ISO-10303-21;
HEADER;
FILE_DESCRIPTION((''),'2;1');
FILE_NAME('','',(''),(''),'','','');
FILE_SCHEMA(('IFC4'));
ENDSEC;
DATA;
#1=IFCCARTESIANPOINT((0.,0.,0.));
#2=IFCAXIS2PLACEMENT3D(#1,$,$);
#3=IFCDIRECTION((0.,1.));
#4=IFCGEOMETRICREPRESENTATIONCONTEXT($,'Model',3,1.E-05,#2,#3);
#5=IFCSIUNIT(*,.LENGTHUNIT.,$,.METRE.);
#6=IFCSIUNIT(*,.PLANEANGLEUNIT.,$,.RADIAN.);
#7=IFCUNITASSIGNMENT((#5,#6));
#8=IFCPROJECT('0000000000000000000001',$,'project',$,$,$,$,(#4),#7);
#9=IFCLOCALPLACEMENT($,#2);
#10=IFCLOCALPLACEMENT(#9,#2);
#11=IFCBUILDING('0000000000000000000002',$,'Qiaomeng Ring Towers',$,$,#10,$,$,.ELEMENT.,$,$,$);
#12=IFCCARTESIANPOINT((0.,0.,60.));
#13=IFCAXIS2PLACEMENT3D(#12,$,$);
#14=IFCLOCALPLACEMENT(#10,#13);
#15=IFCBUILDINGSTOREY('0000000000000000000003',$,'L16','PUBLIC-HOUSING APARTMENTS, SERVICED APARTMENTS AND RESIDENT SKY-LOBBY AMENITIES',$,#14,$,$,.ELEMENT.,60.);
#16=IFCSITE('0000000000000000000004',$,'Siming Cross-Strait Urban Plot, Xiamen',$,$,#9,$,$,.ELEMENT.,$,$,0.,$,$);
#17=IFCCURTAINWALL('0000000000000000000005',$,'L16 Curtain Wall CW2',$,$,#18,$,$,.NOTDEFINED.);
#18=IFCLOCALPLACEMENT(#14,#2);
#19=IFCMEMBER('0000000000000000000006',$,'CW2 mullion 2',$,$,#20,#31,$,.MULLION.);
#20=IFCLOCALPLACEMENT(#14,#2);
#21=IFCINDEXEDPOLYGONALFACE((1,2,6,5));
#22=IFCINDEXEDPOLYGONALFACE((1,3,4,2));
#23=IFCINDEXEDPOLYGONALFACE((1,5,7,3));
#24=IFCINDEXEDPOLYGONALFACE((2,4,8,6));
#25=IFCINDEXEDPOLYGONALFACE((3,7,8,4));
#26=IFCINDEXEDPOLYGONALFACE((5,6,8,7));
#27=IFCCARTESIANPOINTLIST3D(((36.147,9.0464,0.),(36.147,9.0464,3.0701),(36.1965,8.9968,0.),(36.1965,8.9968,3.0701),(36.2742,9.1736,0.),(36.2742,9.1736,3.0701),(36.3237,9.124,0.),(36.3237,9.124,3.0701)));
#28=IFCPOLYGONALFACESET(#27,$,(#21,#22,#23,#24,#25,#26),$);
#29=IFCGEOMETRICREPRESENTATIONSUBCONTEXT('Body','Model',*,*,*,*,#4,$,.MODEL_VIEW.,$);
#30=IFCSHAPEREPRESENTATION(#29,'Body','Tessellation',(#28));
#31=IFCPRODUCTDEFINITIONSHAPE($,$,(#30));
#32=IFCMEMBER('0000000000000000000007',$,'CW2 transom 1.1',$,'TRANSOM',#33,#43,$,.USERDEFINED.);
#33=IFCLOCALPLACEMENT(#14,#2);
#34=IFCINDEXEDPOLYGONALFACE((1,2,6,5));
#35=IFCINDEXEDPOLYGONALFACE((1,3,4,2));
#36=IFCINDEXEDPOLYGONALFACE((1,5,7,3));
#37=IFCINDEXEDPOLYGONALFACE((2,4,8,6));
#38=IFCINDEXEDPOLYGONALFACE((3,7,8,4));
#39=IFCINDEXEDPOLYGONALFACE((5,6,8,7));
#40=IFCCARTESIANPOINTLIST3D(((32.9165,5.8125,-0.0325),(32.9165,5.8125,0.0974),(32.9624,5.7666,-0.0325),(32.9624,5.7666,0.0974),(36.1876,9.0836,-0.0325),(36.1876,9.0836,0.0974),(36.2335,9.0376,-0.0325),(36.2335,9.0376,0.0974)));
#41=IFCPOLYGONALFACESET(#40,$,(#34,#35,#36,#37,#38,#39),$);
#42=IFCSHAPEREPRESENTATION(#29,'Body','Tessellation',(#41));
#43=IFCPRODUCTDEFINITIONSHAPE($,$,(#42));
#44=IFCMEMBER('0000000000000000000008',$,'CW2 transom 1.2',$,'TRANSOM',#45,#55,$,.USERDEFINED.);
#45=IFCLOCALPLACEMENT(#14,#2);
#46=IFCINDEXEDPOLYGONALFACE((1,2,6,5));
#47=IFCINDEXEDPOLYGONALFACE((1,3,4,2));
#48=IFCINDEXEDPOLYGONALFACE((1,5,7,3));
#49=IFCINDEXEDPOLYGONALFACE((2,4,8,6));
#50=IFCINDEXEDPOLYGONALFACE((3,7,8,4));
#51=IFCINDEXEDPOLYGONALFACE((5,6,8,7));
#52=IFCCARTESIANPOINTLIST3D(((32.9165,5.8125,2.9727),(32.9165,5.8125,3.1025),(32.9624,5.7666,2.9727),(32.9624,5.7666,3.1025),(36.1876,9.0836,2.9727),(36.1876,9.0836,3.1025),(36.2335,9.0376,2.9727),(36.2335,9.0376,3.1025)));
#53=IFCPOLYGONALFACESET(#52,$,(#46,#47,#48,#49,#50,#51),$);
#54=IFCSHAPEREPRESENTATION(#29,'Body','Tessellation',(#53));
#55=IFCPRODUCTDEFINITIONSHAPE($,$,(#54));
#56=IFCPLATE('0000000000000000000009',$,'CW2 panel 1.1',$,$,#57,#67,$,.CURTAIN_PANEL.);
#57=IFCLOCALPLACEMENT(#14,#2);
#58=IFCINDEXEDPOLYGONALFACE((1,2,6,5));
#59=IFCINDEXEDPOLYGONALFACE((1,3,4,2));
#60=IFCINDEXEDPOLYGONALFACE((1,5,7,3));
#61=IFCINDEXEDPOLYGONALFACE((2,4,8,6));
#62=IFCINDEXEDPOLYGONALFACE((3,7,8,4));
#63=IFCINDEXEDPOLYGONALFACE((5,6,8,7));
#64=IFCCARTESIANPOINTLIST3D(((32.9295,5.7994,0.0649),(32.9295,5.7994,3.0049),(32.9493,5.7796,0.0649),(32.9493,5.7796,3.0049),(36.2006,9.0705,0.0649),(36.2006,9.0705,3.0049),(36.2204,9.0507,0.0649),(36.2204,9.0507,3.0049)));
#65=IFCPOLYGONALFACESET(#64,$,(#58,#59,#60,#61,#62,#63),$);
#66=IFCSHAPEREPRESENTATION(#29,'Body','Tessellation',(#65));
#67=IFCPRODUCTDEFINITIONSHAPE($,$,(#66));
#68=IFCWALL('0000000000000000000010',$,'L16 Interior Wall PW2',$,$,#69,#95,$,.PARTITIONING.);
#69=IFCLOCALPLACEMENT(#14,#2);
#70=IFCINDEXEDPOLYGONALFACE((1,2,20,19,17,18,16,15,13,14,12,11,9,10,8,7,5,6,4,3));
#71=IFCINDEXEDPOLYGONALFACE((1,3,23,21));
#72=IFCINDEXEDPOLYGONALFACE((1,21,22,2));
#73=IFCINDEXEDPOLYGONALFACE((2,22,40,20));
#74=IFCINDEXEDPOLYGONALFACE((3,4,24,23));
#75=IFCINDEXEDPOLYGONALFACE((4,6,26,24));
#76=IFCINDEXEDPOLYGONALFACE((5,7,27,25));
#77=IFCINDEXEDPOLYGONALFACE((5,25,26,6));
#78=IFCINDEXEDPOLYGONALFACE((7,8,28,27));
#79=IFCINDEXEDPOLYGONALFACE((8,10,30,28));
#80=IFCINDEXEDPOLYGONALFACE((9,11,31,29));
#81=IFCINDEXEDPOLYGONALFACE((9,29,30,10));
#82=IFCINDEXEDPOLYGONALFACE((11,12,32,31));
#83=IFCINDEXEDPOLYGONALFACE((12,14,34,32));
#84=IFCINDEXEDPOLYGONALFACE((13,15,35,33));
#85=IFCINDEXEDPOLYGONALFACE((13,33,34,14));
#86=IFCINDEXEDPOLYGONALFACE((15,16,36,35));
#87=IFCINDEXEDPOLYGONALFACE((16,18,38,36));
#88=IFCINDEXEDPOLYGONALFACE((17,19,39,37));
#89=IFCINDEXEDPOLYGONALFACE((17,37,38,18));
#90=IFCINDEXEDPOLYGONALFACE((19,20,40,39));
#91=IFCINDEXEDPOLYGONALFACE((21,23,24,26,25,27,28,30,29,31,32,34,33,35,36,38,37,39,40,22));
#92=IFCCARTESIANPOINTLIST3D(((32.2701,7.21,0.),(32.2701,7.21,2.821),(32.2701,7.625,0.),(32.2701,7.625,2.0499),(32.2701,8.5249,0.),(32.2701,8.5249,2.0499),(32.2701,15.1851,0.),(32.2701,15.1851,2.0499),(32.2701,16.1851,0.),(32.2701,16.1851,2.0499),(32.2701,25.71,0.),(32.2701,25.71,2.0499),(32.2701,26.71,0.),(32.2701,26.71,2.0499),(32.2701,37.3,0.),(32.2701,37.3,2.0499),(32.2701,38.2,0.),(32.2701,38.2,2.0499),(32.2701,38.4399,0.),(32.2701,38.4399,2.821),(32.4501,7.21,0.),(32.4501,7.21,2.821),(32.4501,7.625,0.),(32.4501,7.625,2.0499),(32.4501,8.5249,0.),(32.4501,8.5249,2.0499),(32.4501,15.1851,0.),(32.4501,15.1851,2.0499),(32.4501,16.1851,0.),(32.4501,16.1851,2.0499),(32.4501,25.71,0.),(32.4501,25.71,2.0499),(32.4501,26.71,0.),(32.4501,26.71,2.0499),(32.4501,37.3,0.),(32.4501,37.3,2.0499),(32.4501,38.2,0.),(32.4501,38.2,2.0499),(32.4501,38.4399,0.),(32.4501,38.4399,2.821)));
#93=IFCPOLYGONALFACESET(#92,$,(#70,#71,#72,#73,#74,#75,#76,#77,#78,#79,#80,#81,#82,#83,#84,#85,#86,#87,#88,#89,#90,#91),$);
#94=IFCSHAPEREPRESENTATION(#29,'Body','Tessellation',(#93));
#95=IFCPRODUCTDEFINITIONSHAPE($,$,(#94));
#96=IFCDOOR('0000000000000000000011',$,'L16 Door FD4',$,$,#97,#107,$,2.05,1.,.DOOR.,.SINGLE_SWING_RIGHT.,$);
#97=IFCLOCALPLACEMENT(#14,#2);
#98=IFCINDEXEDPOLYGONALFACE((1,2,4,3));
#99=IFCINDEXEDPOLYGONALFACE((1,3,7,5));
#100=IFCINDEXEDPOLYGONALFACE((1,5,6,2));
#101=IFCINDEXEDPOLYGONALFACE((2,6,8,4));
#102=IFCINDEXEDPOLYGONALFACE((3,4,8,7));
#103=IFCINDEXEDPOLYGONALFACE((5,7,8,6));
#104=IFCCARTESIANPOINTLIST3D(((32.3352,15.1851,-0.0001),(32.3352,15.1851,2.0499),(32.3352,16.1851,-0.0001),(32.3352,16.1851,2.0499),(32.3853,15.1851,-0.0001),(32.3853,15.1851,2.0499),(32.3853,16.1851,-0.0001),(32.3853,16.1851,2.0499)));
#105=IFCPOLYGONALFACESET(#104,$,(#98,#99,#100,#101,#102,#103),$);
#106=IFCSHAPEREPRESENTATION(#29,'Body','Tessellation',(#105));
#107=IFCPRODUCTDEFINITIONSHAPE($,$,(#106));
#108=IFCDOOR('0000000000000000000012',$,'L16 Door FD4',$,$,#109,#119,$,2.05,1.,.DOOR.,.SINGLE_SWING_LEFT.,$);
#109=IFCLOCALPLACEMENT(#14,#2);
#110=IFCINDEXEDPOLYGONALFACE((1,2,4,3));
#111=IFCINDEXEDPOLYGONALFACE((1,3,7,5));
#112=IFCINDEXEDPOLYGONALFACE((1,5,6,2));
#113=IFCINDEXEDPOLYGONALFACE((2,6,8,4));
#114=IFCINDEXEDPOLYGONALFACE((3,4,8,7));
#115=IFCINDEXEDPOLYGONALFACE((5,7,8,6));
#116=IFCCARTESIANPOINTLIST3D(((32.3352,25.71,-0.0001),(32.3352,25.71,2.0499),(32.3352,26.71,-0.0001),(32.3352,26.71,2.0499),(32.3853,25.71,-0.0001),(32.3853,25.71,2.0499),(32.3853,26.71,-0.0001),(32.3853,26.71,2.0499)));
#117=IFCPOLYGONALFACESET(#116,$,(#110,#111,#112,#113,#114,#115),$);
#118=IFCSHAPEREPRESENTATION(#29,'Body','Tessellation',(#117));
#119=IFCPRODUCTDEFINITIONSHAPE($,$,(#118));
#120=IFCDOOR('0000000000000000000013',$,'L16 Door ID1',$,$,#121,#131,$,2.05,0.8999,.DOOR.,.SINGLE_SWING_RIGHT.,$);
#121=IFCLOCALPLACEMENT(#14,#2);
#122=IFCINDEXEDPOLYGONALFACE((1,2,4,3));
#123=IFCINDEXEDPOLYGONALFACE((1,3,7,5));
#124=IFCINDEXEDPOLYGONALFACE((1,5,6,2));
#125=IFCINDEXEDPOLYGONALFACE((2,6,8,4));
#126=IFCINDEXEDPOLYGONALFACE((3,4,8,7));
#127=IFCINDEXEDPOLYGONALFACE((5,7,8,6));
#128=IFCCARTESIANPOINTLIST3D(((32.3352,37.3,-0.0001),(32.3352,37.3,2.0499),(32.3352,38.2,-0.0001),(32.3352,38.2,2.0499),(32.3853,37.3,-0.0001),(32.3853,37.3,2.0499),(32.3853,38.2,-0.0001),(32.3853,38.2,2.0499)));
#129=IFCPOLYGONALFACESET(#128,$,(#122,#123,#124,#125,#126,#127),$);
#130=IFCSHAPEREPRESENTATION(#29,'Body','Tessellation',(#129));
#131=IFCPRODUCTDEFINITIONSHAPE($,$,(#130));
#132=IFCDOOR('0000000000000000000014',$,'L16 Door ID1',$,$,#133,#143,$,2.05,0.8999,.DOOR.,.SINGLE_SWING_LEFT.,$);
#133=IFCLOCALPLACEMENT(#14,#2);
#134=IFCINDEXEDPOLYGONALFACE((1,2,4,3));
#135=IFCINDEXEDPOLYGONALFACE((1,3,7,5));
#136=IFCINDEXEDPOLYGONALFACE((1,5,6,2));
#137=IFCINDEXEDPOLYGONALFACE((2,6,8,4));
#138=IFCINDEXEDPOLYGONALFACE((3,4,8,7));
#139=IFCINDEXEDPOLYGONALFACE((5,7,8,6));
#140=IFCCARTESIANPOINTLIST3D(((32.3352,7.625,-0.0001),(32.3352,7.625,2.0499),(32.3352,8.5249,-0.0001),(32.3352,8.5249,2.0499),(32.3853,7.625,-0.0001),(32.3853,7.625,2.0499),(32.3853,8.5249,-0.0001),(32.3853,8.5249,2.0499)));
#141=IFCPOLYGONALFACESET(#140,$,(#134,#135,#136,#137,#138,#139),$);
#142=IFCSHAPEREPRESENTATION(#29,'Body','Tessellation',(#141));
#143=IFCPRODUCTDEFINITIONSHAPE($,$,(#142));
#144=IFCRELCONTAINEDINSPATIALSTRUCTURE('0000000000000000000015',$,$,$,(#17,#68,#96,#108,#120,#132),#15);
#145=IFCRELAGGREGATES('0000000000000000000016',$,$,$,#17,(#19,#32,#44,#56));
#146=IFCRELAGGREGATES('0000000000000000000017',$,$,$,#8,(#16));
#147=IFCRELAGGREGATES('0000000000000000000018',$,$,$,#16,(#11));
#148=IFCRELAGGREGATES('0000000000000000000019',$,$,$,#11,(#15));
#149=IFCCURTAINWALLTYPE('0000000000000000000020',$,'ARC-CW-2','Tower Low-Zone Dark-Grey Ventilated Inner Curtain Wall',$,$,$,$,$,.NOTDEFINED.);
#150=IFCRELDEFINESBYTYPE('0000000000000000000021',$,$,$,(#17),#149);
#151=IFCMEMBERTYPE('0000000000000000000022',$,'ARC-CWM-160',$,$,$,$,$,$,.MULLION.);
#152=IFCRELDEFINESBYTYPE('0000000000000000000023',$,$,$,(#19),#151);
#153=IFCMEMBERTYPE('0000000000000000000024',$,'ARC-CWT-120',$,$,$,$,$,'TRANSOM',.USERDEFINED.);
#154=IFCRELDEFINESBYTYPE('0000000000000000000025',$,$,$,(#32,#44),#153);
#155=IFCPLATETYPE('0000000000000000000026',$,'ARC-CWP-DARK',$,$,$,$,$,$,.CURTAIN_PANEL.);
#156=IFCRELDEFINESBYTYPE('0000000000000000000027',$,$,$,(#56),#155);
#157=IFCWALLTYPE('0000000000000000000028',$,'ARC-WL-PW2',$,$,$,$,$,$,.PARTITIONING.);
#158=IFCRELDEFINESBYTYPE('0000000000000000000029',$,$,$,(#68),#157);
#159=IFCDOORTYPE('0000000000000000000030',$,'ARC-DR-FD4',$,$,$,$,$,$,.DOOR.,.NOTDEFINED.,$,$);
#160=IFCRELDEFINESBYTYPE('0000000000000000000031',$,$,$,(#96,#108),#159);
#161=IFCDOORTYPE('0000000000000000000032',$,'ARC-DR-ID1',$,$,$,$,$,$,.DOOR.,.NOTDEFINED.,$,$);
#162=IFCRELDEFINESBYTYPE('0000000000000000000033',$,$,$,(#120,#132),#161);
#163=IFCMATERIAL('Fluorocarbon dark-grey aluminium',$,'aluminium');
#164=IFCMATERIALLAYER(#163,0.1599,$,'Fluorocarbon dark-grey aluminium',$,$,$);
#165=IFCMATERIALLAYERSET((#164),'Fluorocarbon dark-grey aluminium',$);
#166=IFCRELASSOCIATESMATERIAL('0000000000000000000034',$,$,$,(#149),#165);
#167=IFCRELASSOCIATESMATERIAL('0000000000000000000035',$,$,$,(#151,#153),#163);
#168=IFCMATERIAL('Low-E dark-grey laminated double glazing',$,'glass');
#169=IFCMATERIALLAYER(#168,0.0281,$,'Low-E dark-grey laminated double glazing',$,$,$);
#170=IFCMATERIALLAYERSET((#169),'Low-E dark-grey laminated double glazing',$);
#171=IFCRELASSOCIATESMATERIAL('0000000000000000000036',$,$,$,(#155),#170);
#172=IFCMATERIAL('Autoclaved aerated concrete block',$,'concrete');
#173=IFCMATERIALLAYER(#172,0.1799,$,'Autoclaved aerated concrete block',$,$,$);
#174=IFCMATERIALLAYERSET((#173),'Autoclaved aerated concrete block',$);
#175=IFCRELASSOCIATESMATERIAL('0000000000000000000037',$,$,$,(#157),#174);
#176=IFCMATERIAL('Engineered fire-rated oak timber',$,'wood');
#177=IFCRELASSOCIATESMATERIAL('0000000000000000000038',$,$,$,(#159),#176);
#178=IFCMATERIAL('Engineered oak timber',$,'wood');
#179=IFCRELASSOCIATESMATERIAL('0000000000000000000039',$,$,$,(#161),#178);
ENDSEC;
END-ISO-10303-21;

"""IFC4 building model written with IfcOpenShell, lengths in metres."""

from ifc_helpers import new_model, si_unit, direction, frame, frame_2d, origin, origin_2d, place, context, subcontext, project, spatial, rectangle, extrude, source, transform, mapped, material, layer, layer_set, material_profile, profile_set, type_object, element, fill, aggregate, save


model = new_model("IFC4")

# Units and contexts
model_context = context("Model", 3, precision=1e-05, world=origin(), true_north=direction((0.0, 1.0)))
body_context = subcontext(model_context, "Body", "Model", "MODEL_VIEW")
ifc_project = project(units=[si_unit("LENGTHUNIT", "METRE"), si_unit("PLANEANGLEUNIT", "RADIAN")], contexts=[model_context])

# Site, building, storey
site_placement = place(None, origin())
site = spatial("IfcSite", under=ifc_project, at=site_placement, Name="Siming Cross-Strait Urban Plot, Xiamen", CompositionType="ELEMENT", RefElevation=0.0)
building_placement = place(site_placement, origin())
building = spatial("IfcBuilding", under=site, at=building_placement, Name="Qiaomeng Ring Towers", CompositionType="ELEMENT")
storey_placement = place(building_placement, frame((0.0, 0.0, 60.0)))
storey = spatial("IfcBuildingStorey", under=building, at=storey_placement, Name="L16", Description="PUBLIC-HOUSING APARTMENTS, SERVICED APARTMENTS AND RESIDENT SKY-LOBBY AMENITIES", CompositionType="ELEMENT", Elevation=60.0)

# Curtain wall, members, plate
ifc_material_1 = material(Name="Fluorocarbon dark-grey aluminium", Category="aluminium")
ifc_layer_1 = layer(ifc_material_1, 0.1599, Name="Fluorocarbon dark-grey aluminium")
ifc_layer_set_1 = layer_set([ifc_layer_1], Name="Fluorocarbon dark-grey aluminium")
curtain_wall_type = type_object("IfcCurtainWallType", Name="ARC-CW-2", Description="Tower Low-Zone Dark-Grey Ventilated Inner Curtain Wall", PredefinedType="NOTDEFINED", material=ifc_layer_set_1)
curtain_wall_placement = place(storey_placement, origin())
curtain_wall = element("IfcCurtainWall", 1, at=curtain_wall_placement, inside=storey, type_object=curtain_wall_type, Name="L16 Curtain Wall CW2", PredefinedType="NOTDEFINED")
ifc_material_profile_1 = material_profile(ifc_material_1, rectangle(XDim=0.0701, YDim=0.1799, at=origin_2d()), Name="ALU MULL 70x180")
ifc_profile_set_1 = profile_set([ifc_material_profile_1], Name="Fluorocarbon dark-grey aluminium")
member_type_1 = type_object("IfcMemberType", Name="ARC-CWM-160", PredefinedType="MULLION", material=ifc_profile_set_1)
shared_shape_1 = source(origin(), body_context, "Body", "SweptSolid", [
    extrude(rectangle(XDim=0.0701, YDim=0.1799, at=origin_2d()), origin(), (0.0, 0.0, 1.0), 3.0701),
])
member_1_placement = place(storey_placement, frame((36.2354, 9.0852, 0.0), z_axis=(0.0, 0.0, 1.0), x_axis=(-0.707107, 0.707107, 0.0)))
member_1 = element("IfcMember", 2, at=member_1_placement, type_object=member_type_1, Name="CW2 mullion 2", PredefinedType="MULLION", context=body_context, shape_type="MappedRepresentation", body=[
    mapped(shared_shape_1, transform((0.0, 0.0, 0.0), x_axis=(1.0, 0.0, 0.0), y_axis=(0.0, 1.0, 0.0), z_axis=(0.0, 0.0, 1.0), scale=1.0)),
])
ifc_material_profile_2 = material_profile(ifc_material_1, rectangle(XDim=0.0649, YDim=0.1299, at=origin_2d()), Name="ALU TRAN 65x130")
ifc_profile_set_2 = profile_set([ifc_material_profile_2], Name="Fluorocarbon dark-grey aluminium")
member_type_2 = type_object("IfcMemberType", Name="ARC-CWT-120", ElementType="TRANSOM", PredefinedType="USERDEFINED", material=ifc_profile_set_2)
shared_shape_2 = source(origin(), body_context, "Body", "SweptSolid", [
    extrude(rectangle(XDim=0.0649, YDim=0.1299, at=origin_2d()), origin(), (0.0, 0.0, 1.0), 4.626),
])
member_2_placement = place(storey_placement, frame((32.9395, 5.7896, 0.0325), z_axis=(0.707107, 0.707107, 0.0), x_axis=(-0.707107, 0.707107, 0.0)))
member_2 = element("IfcMember", 3, at=member_2_placement, type_object=member_type_2, Name="CW2 transom 1.1", ObjectType="TRANSOM", PredefinedType="USERDEFINED", context=body_context, shape_type="MappedRepresentation", body=[
    mapped(shared_shape_2, transform((0.0, 0.0, 0.0), x_axis=(1.0, 0.0, 0.0), y_axis=(0.0, 1.0, 0.0), z_axis=(0.0, 0.0, 1.0), scale=1.0)),
])
member_3_placement = place(storey_placement, frame((32.9395, 5.7896, 3.0376), z_axis=(0.707107, 0.707107, 0.0), x_axis=(-0.707107, 0.707107, 0.0)))
member_3 = element("IfcMember", 4, at=member_3_placement, type_object=member_type_2, Name="CW2 transom 1.2", ObjectType="TRANSOM", PredefinedType="USERDEFINED", context=body_context, shape_type="MappedRepresentation", body=[
    mapped(shared_shape_2, transform((0.0, 0.0, 0.0), x_axis=(1.0, 0.0, 0.0), y_axis=(0.0, 1.0, 0.0), z_axis=(0.0, 0.0, 1.0), scale=1.0)),
])
ifc_material_2 = material(Name="Low-E dark-grey laminated double glazing", Category="glass")
ifc_layer_2 = layer(ifc_material_2, 0.0281, Name="Low-E dark-grey laminated double glazing")
ifc_layer_set_2 = layer_set([ifc_layer_2], Name="Low-E dark-grey laminated double glazing")
plate_type = type_object("IfcPlateType", Name="ARC-CWP-DARK", PredefinedType="CURTAIN_PANEL", material=ifc_layer_set_2)
shared_shape_3 = source(origin(), body_context, "Body", "SweptSolid", [
    extrude(rectangle(XDim=4.626, YDim=0.0281, at=origin_2d()), origin(), (0.0, 0.0, 1.0), 2.9399),
])
plate_placement = place(storey_placement, frame((34.575, 7.425, 0.0649), z_axis=(0.0, 0.0, 1.0), x_axis=(0.707107, 0.707107, 0.0)))
plate = element("IfcPlate", 5, at=plate_placement, type_object=plate_type, Name="CW2 panel 1.1", PredefinedType="CURTAIN_PANEL", context=body_context, shape_type="MappedRepresentation", body=[
    mapped(shared_shape_3, transform((0.0, 0.0, 0.0), x_axis=(1.0, 0.0, 0.0), y_axis=(0.0, 1.0, 0.0), z_axis=(0.0, 0.0, 1.0), scale=1.0)),
])
aggregate(curtain_wall, [member_1, member_2, member_3, plate])

# Wall, openings, doors
ifc_material_3 = material(Name="Autoclaved aerated concrete block", Category="concrete")
ifc_layer_3 = layer(ifc_material_3, 0.1799, Name="Autoclaved aerated concrete block")
ifc_layer_set_3 = layer_set([ifc_layer_3], Name="Autoclaved aerated concrete block")
wall_type_1 = type_object("IfcWallType", Name="ARC-WL-PW2", PredefinedType="PARTITIONING", material=ifc_layer_set_3)
wall_1_placement = place(storey_placement, frame((32.3601, 7.21, 0.0), z_axis=(0.0, 0.0, 1.0), x_axis=(0.0, 1.0, 0.0)))
wall_1 = element("IfcWall", 6, at=wall_1_placement, inside=storey, type_object=wall_type_1, Name="L16 Interior Wall PW2", PredefinedType="PARTITIONING", context=body_context, shape_type="SweptSolid", body=[
    extrude(rectangle(XDim=31.23, YDim=0.1799, at=frame_2d((15.615, 0.0))), origin(), (0.0, 0.0, 1.0), 2.821),
])
opening_1_placement = place(wall_1_placement, frame((30.0901, 0.0, 0.0)))
opening_1 = element("IfcOpeningElement", 7, at=opening_1_placement, cuts=wall_1, PredefinedType="OPENING", context=body_context, shape_type="SweptSolid", body=[
    extrude(rectangle(XDim=0.8999, YDim=2.05, at=frame_2d((0.45, 1.0249))), frame((0.0, 0.0999, 0.0), z_axis=(0.0, -1.0, 0.0), x_axis=(1.0, 0.0, 0.0)), (0.0, 0.0, 1.0), 0.2),
])
opening_2_placement = place(wall_1_placement, frame((0.415, 0.0, 0.0)))
opening_2 = element("IfcOpeningElement", 8, at=opening_2_placement, cuts=wall_1, PredefinedType="OPENING", context=body_context, shape_type="SweptSolid", body=[
    extrude(rectangle(XDim=0.8999, YDim=2.05, at=frame_2d((0.45, 1.0249))), frame((0.0, 0.0999, 0.0), z_axis=(0.0, -1.0, 0.0), x_axis=(1.0, 0.0, 0.0)), (0.0, 0.0, 1.0), 0.2),
])
opening_3_placement = place(wall_1_placement, frame((7.9751, 0.0, 0.0)))
opening_3 = element("IfcOpeningElement", 9, at=opening_3_placement, cuts=wall_1, PredefinedType="OPENING", context=body_context, shape_type="SweptSolid", body=[
    extrude(rectangle(XDim=1.0, YDim=2.05, at=frame_2d((0.5, 1.0249))), frame((0.0, 0.0999, 0.0), z_axis=(0.0, -1.0, 0.0), x_axis=(1.0, 0.0, 0.0)), (0.0, 0.0, 1.0), 0.2),
])
opening_4_placement = place(wall_1_placement, frame((18.5, 0.0, 0.0)))
opening_4 = element("IfcOpeningElement", 10, at=opening_4_placement, cuts=wall_1, PredefinedType="OPENING", context=body_context, shape_type="SweptSolid", body=[
    extrude(rectangle(XDim=1.0, YDim=2.05, at=frame_2d((0.5, 1.0249))), frame((0.0, 0.0999, 0.0), z_axis=(0.0, -1.0, 0.0), x_axis=(1.0, 0.0, 0.0)), (0.0, 0.0, 1.0), 0.2),
])
ifc_material_4 = material(Name="Engineered fire-rated oak timber", Category="wood")
door_type_1 = type_object("IfcDoorType", Name="ARC-DR-FD4", OperationType="NOTDEFINED", PredefinedType="DOOR", material=ifc_material_4)
shared_shape_4 = source(origin(), body_context, "Body", "SweptSolid", [
    extrude(rectangle(XDim=1.0, YDim=2.05, at=frame_2d((0.5, 1.0249))), frame((0.0, 0.0249, 0.0), z_axis=(0.0, -1.0, 0.0), x_axis=(1.0, 0.0, 0.0)), (0.0, 0.0, 1.0), 0.05),
])
door_1_placement = place(opening_3_placement, origin())
door_1 = element("IfcDoor", 11, at=door_1_placement, inside=storey, type_object=door_type_1, Name="L16 Door FD4", OperationType="SINGLE_SWING_RIGHT", OverallHeight=2.05, OverallWidth=1.0, PredefinedType="DOOR", context=body_context, shape_type="MappedRepresentation", body=[
    mapped(shared_shape_4, transform((0.0, 0.0, 0.0), x_axis=(1.0, 0.0, 0.0), y_axis=(0.0, 1.0, 0.0), z_axis=(0.0, 0.0, 1.0), scale=1.0)),
])
fill(opening_3, door_1)
door_2_placement = place(opening_4_placement, origin())
door_2 = element("IfcDoor", 12, at=door_2_placement, inside=storey, type_object=door_type_1, Name="L16 Door FD4", OperationType="SINGLE_SWING_LEFT", OverallHeight=2.05, OverallWidth=1.0, PredefinedType="DOOR", context=body_context, shape_type="MappedRepresentation", body=[
    mapped(shared_shape_4, transform((0.0, 0.0, 0.0), x_axis=(1.0, 0.0, 0.0), y_axis=(0.0, 1.0, 0.0), z_axis=(0.0, 0.0, 1.0), scale=1.0)),
])
fill(opening_4, door_2)
ifc_material_5 = material(Name="Engineered oak timber", Category="wood")
door_type_2 = type_object("IfcDoorType", Name="ARC-DR-ID1", OperationType="NOTDEFINED", PredefinedType="DOOR", material=ifc_material_5)
shared_shape_5 = source(origin(), body_context, "Body", "SweptSolid", [
    extrude(rectangle(XDim=0.8999, YDim=2.05, at=frame_2d((0.45, 1.0249))), frame((0.0, 0.0249, 0.0), z_axis=(0.0, -1.0, 0.0), x_axis=(1.0, 0.0, 0.0)), (0.0, 0.0, 1.0), 0.05),
])
door_3_placement = place(opening_1_placement, origin())
door_3 = element("IfcDoor", 13, at=door_3_placement, inside=storey, type_object=door_type_2, Name="L16 Door ID1", OperationType="SINGLE_SWING_RIGHT", OverallHeight=2.05, OverallWidth=0.8999, PredefinedType="DOOR", context=body_context, shape_type="MappedRepresentation", body=[
    mapped(shared_shape_5, transform((0.0, 0.0, 0.0), x_axis=(1.0, 0.0, 0.0), y_axis=(0.0, 1.0, 0.0), z_axis=(0.0, 0.0, 1.0), scale=1.0)),
])
fill(opening_1, door_3)
door_4_placement = place(opening_2_placement, origin())
door_4 = element("IfcDoor", 14, at=door_4_placement, inside=storey, type_object=door_type_2, Name="L16 Door ID1", OperationType="SINGLE_SWING_LEFT", OverallHeight=2.05, OverallWidth=0.8999, PredefinedType="DOOR", context=body_context, shape_type="MappedRepresentation", body=[
    mapped(shared_shape_5, transform((0.0, 0.0, 0.0), x_axis=(1.0, 0.0, 0.0), y_axis=(0.0, 1.0, 0.0), z_axis=(0.0, 0.0, 1.0), scale=1.0)),
])
fill(opening_2, door_4)

save(model, "model.ifc")
